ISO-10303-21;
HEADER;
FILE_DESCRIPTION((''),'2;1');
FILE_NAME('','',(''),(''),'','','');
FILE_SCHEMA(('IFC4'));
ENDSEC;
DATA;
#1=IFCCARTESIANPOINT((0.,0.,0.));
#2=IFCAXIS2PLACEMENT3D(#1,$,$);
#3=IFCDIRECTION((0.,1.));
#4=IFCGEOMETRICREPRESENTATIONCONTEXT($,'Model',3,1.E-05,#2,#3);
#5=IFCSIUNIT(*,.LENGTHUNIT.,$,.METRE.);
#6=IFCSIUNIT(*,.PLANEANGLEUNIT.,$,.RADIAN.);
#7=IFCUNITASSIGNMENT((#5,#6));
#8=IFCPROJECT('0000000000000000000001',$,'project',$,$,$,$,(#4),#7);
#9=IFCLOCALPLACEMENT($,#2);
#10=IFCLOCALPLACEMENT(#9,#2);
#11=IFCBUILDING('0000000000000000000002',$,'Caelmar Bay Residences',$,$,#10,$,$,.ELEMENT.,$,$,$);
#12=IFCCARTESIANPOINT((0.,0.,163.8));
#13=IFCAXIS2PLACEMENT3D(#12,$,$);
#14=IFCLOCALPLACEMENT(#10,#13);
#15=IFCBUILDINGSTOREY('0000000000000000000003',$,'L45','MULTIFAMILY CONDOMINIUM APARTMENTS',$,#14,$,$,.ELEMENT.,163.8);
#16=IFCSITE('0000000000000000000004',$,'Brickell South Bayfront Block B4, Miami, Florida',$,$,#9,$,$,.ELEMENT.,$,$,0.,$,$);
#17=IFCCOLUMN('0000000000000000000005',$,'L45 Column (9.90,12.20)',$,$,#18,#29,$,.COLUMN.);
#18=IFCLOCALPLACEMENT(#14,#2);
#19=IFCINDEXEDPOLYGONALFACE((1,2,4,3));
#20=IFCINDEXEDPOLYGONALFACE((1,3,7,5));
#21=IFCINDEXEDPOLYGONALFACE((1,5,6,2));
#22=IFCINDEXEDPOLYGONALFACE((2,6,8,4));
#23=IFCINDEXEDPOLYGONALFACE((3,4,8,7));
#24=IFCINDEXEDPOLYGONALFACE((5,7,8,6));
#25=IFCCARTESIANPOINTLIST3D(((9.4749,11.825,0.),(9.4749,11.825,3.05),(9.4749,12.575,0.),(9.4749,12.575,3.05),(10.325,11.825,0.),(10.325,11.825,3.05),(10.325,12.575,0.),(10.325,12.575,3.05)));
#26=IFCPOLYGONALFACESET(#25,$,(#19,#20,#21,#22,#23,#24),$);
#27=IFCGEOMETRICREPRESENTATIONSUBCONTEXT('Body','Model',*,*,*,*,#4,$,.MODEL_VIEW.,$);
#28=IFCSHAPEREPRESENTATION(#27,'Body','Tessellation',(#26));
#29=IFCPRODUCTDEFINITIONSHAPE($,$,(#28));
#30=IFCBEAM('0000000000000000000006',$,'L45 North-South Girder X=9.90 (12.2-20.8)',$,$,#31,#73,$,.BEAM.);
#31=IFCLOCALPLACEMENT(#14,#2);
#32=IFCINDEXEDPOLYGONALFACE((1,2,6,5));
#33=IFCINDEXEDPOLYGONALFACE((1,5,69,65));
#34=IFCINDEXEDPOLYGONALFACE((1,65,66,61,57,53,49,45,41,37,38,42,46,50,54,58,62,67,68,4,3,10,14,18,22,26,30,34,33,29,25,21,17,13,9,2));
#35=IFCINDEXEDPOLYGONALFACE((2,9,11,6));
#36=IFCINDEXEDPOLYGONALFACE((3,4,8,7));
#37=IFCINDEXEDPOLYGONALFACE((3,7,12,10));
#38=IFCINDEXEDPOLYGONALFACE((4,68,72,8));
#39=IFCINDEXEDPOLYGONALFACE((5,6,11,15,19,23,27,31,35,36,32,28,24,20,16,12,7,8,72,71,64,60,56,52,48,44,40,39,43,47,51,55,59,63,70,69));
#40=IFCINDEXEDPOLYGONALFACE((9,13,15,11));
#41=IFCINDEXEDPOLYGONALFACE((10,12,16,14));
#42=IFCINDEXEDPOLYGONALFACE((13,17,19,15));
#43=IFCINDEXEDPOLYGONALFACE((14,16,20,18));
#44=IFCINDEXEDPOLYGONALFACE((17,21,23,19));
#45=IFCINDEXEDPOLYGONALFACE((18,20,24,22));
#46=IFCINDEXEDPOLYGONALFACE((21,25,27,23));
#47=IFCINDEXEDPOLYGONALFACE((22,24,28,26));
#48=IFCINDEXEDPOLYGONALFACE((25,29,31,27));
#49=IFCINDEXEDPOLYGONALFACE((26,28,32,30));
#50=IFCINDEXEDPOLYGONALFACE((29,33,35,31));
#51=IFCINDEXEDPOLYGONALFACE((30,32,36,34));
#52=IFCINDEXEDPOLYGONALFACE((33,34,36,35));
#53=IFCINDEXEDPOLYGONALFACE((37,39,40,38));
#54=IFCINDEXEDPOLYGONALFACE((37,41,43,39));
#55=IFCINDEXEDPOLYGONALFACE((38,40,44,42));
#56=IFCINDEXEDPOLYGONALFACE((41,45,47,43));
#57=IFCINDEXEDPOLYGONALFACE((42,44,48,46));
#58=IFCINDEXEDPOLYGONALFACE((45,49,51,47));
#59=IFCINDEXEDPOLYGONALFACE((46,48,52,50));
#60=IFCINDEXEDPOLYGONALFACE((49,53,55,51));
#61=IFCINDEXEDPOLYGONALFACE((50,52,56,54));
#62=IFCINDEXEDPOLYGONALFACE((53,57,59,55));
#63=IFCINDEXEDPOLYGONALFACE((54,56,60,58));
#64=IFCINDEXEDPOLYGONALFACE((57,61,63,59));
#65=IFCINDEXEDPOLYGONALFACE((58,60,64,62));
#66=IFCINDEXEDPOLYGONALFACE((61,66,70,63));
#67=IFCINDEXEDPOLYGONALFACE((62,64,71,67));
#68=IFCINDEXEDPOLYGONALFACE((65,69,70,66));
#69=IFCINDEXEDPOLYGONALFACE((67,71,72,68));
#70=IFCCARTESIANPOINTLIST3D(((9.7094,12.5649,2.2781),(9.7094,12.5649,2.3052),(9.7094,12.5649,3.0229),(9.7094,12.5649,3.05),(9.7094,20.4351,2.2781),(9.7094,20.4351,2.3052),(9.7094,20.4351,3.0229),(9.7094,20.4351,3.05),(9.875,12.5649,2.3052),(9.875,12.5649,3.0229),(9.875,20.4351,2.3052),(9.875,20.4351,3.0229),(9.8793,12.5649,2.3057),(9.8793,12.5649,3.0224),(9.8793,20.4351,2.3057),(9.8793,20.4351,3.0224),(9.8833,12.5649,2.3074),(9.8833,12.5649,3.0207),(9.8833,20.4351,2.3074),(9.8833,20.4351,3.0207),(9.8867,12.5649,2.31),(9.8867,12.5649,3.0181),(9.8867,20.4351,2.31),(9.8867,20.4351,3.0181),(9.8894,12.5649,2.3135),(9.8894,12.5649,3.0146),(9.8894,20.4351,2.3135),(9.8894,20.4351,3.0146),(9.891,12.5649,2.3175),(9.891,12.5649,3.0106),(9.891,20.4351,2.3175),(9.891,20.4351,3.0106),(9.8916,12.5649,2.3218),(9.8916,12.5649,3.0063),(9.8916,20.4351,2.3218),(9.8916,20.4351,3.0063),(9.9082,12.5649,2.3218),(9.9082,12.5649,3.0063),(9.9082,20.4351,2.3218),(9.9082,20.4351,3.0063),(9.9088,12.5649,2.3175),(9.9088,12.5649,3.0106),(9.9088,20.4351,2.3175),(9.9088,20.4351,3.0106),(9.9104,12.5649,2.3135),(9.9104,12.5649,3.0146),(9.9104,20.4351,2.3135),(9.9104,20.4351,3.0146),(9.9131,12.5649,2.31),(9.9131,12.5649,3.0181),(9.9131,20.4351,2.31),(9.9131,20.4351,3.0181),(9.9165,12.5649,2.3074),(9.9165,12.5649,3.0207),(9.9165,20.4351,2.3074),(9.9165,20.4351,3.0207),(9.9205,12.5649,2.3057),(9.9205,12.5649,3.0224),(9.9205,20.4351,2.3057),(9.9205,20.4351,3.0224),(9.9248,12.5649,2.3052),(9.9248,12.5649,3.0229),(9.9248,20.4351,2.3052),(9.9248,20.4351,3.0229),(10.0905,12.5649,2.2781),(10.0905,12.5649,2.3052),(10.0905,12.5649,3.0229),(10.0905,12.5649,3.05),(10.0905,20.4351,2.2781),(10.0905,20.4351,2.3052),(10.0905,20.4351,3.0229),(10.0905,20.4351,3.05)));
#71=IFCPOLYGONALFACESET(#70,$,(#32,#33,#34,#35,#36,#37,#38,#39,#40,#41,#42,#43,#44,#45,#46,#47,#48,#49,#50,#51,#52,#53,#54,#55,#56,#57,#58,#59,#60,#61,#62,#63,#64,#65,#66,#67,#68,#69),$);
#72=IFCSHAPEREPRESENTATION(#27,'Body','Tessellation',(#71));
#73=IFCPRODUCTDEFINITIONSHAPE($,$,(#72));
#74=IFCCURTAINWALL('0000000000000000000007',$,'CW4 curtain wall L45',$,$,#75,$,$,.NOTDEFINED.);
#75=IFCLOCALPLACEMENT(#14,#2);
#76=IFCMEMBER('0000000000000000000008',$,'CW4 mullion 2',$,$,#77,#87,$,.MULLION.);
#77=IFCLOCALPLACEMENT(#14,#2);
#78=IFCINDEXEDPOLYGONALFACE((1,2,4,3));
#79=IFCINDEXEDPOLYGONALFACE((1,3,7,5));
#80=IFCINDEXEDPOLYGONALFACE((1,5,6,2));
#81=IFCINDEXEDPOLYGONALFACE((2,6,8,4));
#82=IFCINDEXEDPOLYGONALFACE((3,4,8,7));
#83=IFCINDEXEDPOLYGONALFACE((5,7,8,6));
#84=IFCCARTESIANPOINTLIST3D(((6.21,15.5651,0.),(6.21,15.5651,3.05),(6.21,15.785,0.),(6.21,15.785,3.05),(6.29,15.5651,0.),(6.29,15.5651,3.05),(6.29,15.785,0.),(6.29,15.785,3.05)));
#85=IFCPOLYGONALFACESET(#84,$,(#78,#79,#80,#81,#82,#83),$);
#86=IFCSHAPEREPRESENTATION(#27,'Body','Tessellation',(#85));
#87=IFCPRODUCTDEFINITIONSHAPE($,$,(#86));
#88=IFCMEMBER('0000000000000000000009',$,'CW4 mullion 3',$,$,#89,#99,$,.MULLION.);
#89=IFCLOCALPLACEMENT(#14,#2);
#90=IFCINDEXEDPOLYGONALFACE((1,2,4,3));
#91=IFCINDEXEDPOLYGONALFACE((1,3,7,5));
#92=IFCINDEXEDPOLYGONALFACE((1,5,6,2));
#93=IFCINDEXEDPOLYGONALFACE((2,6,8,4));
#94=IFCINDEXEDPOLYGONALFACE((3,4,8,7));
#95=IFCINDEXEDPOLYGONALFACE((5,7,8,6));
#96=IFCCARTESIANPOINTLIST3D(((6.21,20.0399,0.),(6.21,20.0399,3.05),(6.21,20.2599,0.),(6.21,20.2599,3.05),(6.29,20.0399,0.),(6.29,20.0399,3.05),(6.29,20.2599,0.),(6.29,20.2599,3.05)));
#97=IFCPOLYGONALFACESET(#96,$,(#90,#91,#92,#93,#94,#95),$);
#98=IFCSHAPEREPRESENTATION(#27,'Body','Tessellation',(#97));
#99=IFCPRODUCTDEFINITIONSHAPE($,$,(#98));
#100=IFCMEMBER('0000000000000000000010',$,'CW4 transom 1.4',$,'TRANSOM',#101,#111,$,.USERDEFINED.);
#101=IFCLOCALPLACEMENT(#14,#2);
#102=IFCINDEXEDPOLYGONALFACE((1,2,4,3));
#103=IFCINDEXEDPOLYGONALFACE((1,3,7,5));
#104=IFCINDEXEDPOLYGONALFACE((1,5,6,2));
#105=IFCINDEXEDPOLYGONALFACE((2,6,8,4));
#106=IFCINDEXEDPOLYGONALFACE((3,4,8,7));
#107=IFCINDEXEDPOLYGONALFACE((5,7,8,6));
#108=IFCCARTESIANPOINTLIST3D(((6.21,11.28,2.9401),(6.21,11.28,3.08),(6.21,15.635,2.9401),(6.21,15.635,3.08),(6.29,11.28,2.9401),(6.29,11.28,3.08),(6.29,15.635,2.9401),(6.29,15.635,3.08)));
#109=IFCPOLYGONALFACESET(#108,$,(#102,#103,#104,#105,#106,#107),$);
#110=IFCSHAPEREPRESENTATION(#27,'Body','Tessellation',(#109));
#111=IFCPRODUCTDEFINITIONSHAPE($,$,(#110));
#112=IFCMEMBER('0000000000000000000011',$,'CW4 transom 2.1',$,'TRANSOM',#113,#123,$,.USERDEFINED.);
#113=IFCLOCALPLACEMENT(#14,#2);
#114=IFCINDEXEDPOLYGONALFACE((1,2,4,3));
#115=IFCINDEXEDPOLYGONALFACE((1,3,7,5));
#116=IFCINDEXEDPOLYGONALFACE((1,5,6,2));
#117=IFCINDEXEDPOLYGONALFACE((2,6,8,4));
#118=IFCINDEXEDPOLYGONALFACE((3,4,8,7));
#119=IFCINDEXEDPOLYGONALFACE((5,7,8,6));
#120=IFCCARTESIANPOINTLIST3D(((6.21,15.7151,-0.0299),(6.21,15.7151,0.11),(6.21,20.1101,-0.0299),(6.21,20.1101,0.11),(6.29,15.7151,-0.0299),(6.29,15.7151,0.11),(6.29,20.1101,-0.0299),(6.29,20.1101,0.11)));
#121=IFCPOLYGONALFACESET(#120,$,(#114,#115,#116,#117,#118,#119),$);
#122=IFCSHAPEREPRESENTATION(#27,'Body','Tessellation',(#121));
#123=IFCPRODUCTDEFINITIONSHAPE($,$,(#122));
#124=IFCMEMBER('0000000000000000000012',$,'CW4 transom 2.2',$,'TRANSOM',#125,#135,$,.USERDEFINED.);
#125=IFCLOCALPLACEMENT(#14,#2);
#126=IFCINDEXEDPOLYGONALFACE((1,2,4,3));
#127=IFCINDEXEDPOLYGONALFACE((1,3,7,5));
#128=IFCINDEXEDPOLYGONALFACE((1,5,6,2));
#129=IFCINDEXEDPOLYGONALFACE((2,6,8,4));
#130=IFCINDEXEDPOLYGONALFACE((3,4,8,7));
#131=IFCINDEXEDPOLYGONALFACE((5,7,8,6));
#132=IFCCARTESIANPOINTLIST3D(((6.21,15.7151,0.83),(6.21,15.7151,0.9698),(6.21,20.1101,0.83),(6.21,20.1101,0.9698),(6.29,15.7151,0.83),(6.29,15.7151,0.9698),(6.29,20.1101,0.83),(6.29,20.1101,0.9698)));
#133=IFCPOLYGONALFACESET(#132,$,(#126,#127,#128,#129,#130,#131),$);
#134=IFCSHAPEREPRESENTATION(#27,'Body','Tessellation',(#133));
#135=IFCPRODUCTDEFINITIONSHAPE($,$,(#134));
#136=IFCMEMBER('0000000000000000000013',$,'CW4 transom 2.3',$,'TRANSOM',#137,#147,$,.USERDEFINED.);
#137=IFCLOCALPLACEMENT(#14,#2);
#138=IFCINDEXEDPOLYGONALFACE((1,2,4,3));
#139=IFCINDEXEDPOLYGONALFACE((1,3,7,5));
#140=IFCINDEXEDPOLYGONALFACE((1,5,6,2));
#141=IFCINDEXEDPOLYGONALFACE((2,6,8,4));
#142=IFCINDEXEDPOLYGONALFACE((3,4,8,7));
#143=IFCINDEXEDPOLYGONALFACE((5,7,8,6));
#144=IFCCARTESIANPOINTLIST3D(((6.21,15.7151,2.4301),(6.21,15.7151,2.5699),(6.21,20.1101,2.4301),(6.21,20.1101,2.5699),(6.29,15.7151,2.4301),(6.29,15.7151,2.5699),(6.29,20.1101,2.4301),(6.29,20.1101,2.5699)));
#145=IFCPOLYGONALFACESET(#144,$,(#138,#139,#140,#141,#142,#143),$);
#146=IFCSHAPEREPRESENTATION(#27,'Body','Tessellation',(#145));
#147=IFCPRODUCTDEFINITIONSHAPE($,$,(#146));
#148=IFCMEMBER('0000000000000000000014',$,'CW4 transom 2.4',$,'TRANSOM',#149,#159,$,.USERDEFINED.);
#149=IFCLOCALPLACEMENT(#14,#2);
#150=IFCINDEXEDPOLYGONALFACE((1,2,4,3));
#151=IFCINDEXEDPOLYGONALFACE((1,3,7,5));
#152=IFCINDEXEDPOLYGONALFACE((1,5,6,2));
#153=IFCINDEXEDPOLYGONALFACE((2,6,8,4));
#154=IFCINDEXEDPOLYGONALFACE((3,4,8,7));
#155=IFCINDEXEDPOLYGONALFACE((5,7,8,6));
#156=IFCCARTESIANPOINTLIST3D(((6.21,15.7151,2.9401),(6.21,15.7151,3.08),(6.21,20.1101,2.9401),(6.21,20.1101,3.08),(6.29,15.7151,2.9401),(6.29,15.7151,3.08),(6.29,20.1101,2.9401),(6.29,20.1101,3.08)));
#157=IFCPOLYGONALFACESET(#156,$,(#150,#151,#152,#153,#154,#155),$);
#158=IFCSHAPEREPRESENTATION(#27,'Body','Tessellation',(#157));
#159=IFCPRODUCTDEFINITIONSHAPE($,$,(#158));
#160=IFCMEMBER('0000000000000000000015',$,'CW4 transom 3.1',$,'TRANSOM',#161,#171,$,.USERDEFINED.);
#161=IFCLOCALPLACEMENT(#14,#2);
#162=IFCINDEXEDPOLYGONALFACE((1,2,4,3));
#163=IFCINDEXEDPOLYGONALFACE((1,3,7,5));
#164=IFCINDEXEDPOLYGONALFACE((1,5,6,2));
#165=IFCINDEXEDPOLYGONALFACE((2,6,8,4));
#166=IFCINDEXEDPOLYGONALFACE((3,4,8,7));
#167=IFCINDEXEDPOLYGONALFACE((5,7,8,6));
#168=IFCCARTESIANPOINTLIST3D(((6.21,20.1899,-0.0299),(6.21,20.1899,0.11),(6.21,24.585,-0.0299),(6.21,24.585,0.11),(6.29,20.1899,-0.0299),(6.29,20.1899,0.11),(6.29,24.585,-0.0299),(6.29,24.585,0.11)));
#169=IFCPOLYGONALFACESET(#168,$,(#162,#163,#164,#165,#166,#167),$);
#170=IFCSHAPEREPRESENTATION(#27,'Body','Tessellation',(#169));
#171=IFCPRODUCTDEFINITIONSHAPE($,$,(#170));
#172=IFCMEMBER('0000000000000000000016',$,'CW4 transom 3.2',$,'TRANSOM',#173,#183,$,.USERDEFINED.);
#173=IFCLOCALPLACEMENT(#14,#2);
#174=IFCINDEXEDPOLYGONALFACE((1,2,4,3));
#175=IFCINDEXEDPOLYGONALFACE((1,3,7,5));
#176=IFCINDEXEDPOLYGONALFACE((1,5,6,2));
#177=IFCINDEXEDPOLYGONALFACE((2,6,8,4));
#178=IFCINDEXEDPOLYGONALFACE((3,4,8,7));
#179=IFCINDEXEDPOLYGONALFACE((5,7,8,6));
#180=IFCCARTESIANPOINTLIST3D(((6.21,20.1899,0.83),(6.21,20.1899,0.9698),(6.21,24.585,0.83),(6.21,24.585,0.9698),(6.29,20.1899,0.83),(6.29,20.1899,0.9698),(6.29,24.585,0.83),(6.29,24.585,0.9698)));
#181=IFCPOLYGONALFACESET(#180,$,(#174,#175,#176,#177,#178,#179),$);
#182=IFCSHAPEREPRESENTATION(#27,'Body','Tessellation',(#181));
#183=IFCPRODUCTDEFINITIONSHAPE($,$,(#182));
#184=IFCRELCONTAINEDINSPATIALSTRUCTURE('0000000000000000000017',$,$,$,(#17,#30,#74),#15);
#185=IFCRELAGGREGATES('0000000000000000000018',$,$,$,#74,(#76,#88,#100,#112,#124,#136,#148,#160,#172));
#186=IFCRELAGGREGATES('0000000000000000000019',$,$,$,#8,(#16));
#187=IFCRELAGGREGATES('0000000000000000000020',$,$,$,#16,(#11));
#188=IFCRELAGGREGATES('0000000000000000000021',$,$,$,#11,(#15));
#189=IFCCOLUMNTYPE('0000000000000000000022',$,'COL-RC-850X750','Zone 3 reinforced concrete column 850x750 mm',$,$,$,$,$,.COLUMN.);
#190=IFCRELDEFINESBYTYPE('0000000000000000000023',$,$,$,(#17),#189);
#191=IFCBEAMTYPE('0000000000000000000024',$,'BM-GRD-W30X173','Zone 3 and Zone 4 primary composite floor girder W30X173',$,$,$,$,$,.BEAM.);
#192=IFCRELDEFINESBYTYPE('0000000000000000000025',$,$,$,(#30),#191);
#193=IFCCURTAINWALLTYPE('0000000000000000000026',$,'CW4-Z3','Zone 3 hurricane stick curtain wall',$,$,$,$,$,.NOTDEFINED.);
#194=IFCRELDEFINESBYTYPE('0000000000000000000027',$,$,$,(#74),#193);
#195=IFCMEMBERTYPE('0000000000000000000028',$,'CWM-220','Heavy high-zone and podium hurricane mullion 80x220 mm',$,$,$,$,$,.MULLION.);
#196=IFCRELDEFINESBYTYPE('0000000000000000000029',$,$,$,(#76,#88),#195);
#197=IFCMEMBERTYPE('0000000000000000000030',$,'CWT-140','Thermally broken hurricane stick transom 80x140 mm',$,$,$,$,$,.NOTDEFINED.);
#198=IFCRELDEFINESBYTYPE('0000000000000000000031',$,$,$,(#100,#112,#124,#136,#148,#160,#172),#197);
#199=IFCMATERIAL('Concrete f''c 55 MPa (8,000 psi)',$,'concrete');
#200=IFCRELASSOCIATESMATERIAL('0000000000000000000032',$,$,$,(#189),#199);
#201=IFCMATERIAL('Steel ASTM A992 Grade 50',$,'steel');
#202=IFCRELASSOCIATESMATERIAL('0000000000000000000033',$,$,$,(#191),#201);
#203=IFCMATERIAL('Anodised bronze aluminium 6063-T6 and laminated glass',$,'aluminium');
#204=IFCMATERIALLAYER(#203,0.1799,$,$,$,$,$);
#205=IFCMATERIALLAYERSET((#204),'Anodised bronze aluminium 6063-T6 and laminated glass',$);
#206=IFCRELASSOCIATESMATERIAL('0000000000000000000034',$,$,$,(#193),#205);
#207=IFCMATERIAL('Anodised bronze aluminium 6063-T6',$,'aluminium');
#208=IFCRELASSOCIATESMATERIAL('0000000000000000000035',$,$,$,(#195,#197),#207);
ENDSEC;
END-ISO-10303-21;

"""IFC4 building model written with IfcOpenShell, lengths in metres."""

from ifc_helpers import new_model, si_unit, direction, frame, origin, origin_2d, place, context, subcontext, project, spatial, rectangle, i_section, extrude, material, layer, layer_set, material_profile, profile_set, type_object, element, aggregate, save


model = new_model("IFC4")

# Units and contexts
model_context = context("Model", 3, precision=1e-05, world=origin(), true_north=direction((0.0, 1.0)))
body_context = subcontext(model_context, "Body", "Model", "MODEL_VIEW")
ifc_project = project(units=[si_unit("LENGTHUNIT", "METRE"), si_unit("PLANEANGLEUNIT", "RADIAN")], contexts=[model_context])

# Site, building, storey
site_placement = place(None, origin())
site = spatial("IfcSite", under=ifc_project, at=site_placement, Name="Brickell South Bayfront Block B4, Miami, Florida", CompositionType="ELEMENT", RefElevation=0.0)
building_placement = place(site_placement, origin())
building = spatial("IfcBuilding", under=site, at=building_placement, Name="Caelmar Bay Residences", CompositionType="ELEMENT")
storey_placement = place(building_placement, frame((0.0, 0.0, 163.8)))
storey = spatial("IfcBuildingStorey", under=building, at=storey_placement, Name="L45", Description="MULTIFAMILY CONDOMINIUM APARTMENTS", CompositionType="ELEMENT", Elevation=163.8)

# Column
ifc_material_1 = material(Name="Concrete f'c 55 MPa (8,000 psi)", Category="concrete")
ifc_material_profile_1 = material_profile(ifc_material_1, rectangle(XDim=0.8501, YDim=0.75, at=origin_2d()), Name="RC-COL-850X750")
ifc_profile_set_1 = profile_set([ifc_material_profile_1], Name="Concrete f'c 55 MPa (8,000 psi)")
column_type = type_object("IfcColumnType", Name="COL-RC-850X750", Description="Zone 3 reinforced concrete column 850x750 mm", PredefinedType="COLUMN", material=ifc_profile_set_1)
column_placement = place(storey_placement, frame((9.8999, 12.2, 0.0), z_axis=(0.0, 0.0, 1.0), x_axis=(1.0, 0.0, 0.0)))
element("IfcColumn", 1, at=column_placement, inside=storey, type_object=column_type, Name="L45 Column (9.90,12.20)", PredefinedType="COLUMN", context=body_context, shape_type="SweptSolid", body=[
    extrude(rectangle(XDim=0.8501, YDim=0.75, at=origin_2d()), origin(), (0.0, 0.0, 1.0), 3.05),
])

# Beam
ifc_material_2 = material(Name="Steel ASTM A992 Grade 50", Category="steel")
ifc_material_profile_2 = material_profile(ifc_material_2, i_section(OverallWidth=0.3811, OverallDepth=0.772, WebThickness=0.0166, FlangeThickness=0.0271, FilletRadius=0.0166, at=origin_2d()), Name="W30X173")
ifc_profile_set_2 = profile_set([ifc_material_profile_2], Name="Steel ASTM A992 Grade 50")
beam_type = type_object("IfcBeamType", Name="BM-GRD-W30X173", Description="Zone 3 and Zone 4 primary composite floor girder W30X173", PredefinedType="BEAM", material=ifc_profile_set_2)
beam_placement = place(storey_placement, frame((9.8999, 12.5649, 2.6641), z_axis=(0.0, 1.0, 0.0), x_axis=(-1.0, 0.0, 0.0)))
element("IfcBeam", 2, at=beam_placement, inside=storey, type_object=beam_type, Name="L45 North-South Girder X=9.90 (12.2-20.8)", PredefinedType="BEAM", context=body_context, shape_type="SweptSolid", body=[
    extrude(i_section(OverallWidth=0.3811, OverallDepth=0.772, WebThickness=0.0166, FlangeThickness=0.0271, FilletRadius=0.0166, at=origin_2d()), origin(), (0.0, 0.0, 1.0), 7.8701),
])

# Curtain wall, members
ifc_material_3 = material(Name="Anodised bronze aluminium 6063-T6 and laminated glass", Category="aluminium")
ifc_layer_1 = layer(ifc_material_3, 0.1799)
ifc_layer_set_1 = layer_set([ifc_layer_1], Name="Anodised bronze aluminium 6063-T6 and laminated glass")
curtain_wall_type = type_object("IfcCurtainWallType", Name="CW4-Z3", Description="Zone 3 hurricane stick curtain wall", PredefinedType="NOTDEFINED", material=ifc_layer_set_1)
curtain_wall_placement = place(storey_placement, origin())
curtain_wall = element("IfcCurtainWall", 3, at=curtain_wall_placement, inside=storey, type_object=curtain_wall_type, Name="CW4 curtain wall L45", PredefinedType="NOTDEFINED")
ifc_material_4 = material(Name="Anodised bronze aluminium 6063-T6", Category="aluminium")
ifc_material_profile_3 = material_profile(ifc_material_4, rectangle(XDim=0.0801, YDim=0.22, at=origin_2d()), Name="CWM-80X220")
ifc_profile_set_3 = profile_set([ifc_material_profile_3], Name="Anodised bronze aluminium 6063-T6")
member_type_1 = type_object("IfcMemberType", Name="CWM-220", Description="Heavy high-zone and podium hurricane mullion 80x220 mm", PredefinedType="MULLION", material=ifc_profile_set_3)
member_1_placement = place(storey_placement, frame((6.25, 15.675, 0.0), z_axis=(0.0, 0.0, 1.0), x_axis=(-1.0, 0.0, 0.0)))
member_1 = element("IfcMember", 4, at=member_1_placement, type_object=member_type_1, Name="CW4 mullion 2", PredefinedType="MULLION", context=body_context, shape_type="SweptSolid", body=[
    extrude(rectangle(XDim=0.0801, YDim=0.22, at=origin_2d()), origin(), (0.0, 0.0, 1.0), 3.05),
])
member_2_placement = place(storey_placement, frame((6.25, 20.1499, 0.0), z_axis=(0.0, 0.0, 1.0), x_axis=(-1.0, 0.0, 0.0)))
member_2 = element("IfcMember", 5, at=member_2_placement, type_object=member_type_1, Name="CW4 mullion 3", PredefinedType="MULLION", context=body_context, shape_type="SweptSolid", body=[
    extrude(rectangle(XDim=0.0801, YDim=0.22, at=origin_2d()), origin(), (0.0, 0.0, 1.0), 3.05),
])
ifc_material_profile_4 = material_profile(ifc_material_4, rectangle(XDim=0.0801, YDim=0.1399, at=origin_2d()), Name="CWT-80X140")
ifc_profile_set_4 = profile_set([ifc_material_profile_4], Name="Anodised bronze aluminium 6063-T6")
member_type_2 = type_object("IfcMemberType", Name="CWT-140", Description="Thermally broken hurricane stick transom 80x140 mm", PredefinedType="NOTDEFINED", material=ifc_profile_set_4)
member_3_placement = place(storey_placement, frame((6.25, 11.28, 3.01), z_axis=(0.0, 1.0, 0.0), x_axis=(-1.0, 0.0, 0.0)))
member_3 = element("IfcMember", 6, at=member_3_placement, type_object=member_type_2, Name="CW4 transom 1.4", ObjectType="TRANSOM", PredefinedType="USERDEFINED", context=body_context, shape_type="SweptSolid", body=[
    extrude(rectangle(XDim=0.0801, YDim=0.1399, at=origin_2d()), origin(), (0.0, 0.0, 1.0), 4.355),
])
member_4_placement = place(storey_placement, frame((6.25, 15.7151, 0.04), z_axis=(0.0, 1.0, 0.0), x_axis=(-1.0, 0.0, 0.0)))
member_4 = element("IfcMember", 7, at=member_4_placement, type_object=member_type_2, Name="CW4 transom 2.1", ObjectType="TRANSOM", PredefinedType="USERDEFINED", context=body_context, shape_type="SweptSolid", body=[
    extrude(rectangle(XDim=0.0801, YDim=0.1399, at=origin_2d()), origin(), (0.0, 0.0, 1.0), 4.395),
])
member_5_placement = place(storey_placement, frame((6.25, 15.7151, 0.8999), z_axis=(0.0, 1.0, 0.0), x_axis=(-1.0, 0.0, 0.0)))
member_5 = element("IfcMember", 8, at=member_5_placement, type_object=member_type_2, Name="CW4 transom 2.2", ObjectType="TRANSOM", PredefinedType="USERDEFINED", context=body_context, shape_type="SweptSolid", body=[
    extrude(rectangle(XDim=0.0801, YDim=0.1399, at=origin_2d()), origin(), (0.0, 0.0, 1.0), 4.395),
])
member_6_placement = place(storey_placement, frame((6.25, 15.7151, 2.5), z_axis=(0.0, 1.0, 0.0), x_axis=(-1.0, 0.0, 0.0)))
member_6 = element("IfcMember", 9, at=member_6_placement, type_object=member_type_2, Name="CW4 transom 2.3", ObjectType="TRANSOM", PredefinedType="USERDEFINED", context=body_context, shape_type="SweptSolid", body=[
    extrude(rectangle(XDim=0.0801, YDim=0.1399, at=origin_2d()), origin(), (0.0, 0.0, 1.0), 4.395),
])
member_7_placement = place(storey_placement, frame((6.25, 15.7151, 3.01), z_axis=(0.0, 1.0, 0.0), x_axis=(-1.0, 0.0, 0.0)))
member_7 = element("IfcMember", 10, at=member_7_placement, type_object=member_type_2, Name="CW4 transom 2.4", ObjectType="TRANSOM", PredefinedType="USERDEFINED", context=body_context, shape_type="SweptSolid", body=[
    extrude(rectangle(XDim=0.0801, YDim=0.1399, at=origin_2d()), origin(), (0.0, 0.0, 1.0), 4.395),
])
member_8_placement = place(storey_placement, frame((6.25, 20.1899, 0.04), z_axis=(0.0, 1.0, 0.0), x_axis=(-1.0, 0.0, 0.0)))
member_8 = element("IfcMember", 11, at=member_8_placement, type_object=member_type_2, Name="CW4 transom 3.1", ObjectType="TRANSOM", PredefinedType="USERDEFINED", context=body_context, shape_type="SweptSolid", body=[
    extrude(rectangle(XDim=0.0801, YDim=0.1399, at=origin_2d()), origin(), (0.0, 0.0, 1.0), 4.395),
])
member_9_placement = place(storey_placement, frame((6.25, 20.1899, 0.8999), z_axis=(0.0, 1.0, 0.0), x_axis=(-1.0, 0.0, 0.0)))
member_9 = element("IfcMember", 12, at=member_9_placement, type_object=member_type_2, Name="CW4 transom 3.2", ObjectType="TRANSOM", PredefinedType="USERDEFINED", context=body_context, shape_type="SweptSolid", body=[
    extrude(rectangle(XDim=0.0801, YDim=0.1399, at=origin_2d()), origin(), (0.0, 0.0, 1.0), 4.395),
])
aggregate(curtain_wall, [member_1, member_2, member_3, member_4, member_5, member_6, member_7, member_8, member_9])

save(model, "model.ifc")
